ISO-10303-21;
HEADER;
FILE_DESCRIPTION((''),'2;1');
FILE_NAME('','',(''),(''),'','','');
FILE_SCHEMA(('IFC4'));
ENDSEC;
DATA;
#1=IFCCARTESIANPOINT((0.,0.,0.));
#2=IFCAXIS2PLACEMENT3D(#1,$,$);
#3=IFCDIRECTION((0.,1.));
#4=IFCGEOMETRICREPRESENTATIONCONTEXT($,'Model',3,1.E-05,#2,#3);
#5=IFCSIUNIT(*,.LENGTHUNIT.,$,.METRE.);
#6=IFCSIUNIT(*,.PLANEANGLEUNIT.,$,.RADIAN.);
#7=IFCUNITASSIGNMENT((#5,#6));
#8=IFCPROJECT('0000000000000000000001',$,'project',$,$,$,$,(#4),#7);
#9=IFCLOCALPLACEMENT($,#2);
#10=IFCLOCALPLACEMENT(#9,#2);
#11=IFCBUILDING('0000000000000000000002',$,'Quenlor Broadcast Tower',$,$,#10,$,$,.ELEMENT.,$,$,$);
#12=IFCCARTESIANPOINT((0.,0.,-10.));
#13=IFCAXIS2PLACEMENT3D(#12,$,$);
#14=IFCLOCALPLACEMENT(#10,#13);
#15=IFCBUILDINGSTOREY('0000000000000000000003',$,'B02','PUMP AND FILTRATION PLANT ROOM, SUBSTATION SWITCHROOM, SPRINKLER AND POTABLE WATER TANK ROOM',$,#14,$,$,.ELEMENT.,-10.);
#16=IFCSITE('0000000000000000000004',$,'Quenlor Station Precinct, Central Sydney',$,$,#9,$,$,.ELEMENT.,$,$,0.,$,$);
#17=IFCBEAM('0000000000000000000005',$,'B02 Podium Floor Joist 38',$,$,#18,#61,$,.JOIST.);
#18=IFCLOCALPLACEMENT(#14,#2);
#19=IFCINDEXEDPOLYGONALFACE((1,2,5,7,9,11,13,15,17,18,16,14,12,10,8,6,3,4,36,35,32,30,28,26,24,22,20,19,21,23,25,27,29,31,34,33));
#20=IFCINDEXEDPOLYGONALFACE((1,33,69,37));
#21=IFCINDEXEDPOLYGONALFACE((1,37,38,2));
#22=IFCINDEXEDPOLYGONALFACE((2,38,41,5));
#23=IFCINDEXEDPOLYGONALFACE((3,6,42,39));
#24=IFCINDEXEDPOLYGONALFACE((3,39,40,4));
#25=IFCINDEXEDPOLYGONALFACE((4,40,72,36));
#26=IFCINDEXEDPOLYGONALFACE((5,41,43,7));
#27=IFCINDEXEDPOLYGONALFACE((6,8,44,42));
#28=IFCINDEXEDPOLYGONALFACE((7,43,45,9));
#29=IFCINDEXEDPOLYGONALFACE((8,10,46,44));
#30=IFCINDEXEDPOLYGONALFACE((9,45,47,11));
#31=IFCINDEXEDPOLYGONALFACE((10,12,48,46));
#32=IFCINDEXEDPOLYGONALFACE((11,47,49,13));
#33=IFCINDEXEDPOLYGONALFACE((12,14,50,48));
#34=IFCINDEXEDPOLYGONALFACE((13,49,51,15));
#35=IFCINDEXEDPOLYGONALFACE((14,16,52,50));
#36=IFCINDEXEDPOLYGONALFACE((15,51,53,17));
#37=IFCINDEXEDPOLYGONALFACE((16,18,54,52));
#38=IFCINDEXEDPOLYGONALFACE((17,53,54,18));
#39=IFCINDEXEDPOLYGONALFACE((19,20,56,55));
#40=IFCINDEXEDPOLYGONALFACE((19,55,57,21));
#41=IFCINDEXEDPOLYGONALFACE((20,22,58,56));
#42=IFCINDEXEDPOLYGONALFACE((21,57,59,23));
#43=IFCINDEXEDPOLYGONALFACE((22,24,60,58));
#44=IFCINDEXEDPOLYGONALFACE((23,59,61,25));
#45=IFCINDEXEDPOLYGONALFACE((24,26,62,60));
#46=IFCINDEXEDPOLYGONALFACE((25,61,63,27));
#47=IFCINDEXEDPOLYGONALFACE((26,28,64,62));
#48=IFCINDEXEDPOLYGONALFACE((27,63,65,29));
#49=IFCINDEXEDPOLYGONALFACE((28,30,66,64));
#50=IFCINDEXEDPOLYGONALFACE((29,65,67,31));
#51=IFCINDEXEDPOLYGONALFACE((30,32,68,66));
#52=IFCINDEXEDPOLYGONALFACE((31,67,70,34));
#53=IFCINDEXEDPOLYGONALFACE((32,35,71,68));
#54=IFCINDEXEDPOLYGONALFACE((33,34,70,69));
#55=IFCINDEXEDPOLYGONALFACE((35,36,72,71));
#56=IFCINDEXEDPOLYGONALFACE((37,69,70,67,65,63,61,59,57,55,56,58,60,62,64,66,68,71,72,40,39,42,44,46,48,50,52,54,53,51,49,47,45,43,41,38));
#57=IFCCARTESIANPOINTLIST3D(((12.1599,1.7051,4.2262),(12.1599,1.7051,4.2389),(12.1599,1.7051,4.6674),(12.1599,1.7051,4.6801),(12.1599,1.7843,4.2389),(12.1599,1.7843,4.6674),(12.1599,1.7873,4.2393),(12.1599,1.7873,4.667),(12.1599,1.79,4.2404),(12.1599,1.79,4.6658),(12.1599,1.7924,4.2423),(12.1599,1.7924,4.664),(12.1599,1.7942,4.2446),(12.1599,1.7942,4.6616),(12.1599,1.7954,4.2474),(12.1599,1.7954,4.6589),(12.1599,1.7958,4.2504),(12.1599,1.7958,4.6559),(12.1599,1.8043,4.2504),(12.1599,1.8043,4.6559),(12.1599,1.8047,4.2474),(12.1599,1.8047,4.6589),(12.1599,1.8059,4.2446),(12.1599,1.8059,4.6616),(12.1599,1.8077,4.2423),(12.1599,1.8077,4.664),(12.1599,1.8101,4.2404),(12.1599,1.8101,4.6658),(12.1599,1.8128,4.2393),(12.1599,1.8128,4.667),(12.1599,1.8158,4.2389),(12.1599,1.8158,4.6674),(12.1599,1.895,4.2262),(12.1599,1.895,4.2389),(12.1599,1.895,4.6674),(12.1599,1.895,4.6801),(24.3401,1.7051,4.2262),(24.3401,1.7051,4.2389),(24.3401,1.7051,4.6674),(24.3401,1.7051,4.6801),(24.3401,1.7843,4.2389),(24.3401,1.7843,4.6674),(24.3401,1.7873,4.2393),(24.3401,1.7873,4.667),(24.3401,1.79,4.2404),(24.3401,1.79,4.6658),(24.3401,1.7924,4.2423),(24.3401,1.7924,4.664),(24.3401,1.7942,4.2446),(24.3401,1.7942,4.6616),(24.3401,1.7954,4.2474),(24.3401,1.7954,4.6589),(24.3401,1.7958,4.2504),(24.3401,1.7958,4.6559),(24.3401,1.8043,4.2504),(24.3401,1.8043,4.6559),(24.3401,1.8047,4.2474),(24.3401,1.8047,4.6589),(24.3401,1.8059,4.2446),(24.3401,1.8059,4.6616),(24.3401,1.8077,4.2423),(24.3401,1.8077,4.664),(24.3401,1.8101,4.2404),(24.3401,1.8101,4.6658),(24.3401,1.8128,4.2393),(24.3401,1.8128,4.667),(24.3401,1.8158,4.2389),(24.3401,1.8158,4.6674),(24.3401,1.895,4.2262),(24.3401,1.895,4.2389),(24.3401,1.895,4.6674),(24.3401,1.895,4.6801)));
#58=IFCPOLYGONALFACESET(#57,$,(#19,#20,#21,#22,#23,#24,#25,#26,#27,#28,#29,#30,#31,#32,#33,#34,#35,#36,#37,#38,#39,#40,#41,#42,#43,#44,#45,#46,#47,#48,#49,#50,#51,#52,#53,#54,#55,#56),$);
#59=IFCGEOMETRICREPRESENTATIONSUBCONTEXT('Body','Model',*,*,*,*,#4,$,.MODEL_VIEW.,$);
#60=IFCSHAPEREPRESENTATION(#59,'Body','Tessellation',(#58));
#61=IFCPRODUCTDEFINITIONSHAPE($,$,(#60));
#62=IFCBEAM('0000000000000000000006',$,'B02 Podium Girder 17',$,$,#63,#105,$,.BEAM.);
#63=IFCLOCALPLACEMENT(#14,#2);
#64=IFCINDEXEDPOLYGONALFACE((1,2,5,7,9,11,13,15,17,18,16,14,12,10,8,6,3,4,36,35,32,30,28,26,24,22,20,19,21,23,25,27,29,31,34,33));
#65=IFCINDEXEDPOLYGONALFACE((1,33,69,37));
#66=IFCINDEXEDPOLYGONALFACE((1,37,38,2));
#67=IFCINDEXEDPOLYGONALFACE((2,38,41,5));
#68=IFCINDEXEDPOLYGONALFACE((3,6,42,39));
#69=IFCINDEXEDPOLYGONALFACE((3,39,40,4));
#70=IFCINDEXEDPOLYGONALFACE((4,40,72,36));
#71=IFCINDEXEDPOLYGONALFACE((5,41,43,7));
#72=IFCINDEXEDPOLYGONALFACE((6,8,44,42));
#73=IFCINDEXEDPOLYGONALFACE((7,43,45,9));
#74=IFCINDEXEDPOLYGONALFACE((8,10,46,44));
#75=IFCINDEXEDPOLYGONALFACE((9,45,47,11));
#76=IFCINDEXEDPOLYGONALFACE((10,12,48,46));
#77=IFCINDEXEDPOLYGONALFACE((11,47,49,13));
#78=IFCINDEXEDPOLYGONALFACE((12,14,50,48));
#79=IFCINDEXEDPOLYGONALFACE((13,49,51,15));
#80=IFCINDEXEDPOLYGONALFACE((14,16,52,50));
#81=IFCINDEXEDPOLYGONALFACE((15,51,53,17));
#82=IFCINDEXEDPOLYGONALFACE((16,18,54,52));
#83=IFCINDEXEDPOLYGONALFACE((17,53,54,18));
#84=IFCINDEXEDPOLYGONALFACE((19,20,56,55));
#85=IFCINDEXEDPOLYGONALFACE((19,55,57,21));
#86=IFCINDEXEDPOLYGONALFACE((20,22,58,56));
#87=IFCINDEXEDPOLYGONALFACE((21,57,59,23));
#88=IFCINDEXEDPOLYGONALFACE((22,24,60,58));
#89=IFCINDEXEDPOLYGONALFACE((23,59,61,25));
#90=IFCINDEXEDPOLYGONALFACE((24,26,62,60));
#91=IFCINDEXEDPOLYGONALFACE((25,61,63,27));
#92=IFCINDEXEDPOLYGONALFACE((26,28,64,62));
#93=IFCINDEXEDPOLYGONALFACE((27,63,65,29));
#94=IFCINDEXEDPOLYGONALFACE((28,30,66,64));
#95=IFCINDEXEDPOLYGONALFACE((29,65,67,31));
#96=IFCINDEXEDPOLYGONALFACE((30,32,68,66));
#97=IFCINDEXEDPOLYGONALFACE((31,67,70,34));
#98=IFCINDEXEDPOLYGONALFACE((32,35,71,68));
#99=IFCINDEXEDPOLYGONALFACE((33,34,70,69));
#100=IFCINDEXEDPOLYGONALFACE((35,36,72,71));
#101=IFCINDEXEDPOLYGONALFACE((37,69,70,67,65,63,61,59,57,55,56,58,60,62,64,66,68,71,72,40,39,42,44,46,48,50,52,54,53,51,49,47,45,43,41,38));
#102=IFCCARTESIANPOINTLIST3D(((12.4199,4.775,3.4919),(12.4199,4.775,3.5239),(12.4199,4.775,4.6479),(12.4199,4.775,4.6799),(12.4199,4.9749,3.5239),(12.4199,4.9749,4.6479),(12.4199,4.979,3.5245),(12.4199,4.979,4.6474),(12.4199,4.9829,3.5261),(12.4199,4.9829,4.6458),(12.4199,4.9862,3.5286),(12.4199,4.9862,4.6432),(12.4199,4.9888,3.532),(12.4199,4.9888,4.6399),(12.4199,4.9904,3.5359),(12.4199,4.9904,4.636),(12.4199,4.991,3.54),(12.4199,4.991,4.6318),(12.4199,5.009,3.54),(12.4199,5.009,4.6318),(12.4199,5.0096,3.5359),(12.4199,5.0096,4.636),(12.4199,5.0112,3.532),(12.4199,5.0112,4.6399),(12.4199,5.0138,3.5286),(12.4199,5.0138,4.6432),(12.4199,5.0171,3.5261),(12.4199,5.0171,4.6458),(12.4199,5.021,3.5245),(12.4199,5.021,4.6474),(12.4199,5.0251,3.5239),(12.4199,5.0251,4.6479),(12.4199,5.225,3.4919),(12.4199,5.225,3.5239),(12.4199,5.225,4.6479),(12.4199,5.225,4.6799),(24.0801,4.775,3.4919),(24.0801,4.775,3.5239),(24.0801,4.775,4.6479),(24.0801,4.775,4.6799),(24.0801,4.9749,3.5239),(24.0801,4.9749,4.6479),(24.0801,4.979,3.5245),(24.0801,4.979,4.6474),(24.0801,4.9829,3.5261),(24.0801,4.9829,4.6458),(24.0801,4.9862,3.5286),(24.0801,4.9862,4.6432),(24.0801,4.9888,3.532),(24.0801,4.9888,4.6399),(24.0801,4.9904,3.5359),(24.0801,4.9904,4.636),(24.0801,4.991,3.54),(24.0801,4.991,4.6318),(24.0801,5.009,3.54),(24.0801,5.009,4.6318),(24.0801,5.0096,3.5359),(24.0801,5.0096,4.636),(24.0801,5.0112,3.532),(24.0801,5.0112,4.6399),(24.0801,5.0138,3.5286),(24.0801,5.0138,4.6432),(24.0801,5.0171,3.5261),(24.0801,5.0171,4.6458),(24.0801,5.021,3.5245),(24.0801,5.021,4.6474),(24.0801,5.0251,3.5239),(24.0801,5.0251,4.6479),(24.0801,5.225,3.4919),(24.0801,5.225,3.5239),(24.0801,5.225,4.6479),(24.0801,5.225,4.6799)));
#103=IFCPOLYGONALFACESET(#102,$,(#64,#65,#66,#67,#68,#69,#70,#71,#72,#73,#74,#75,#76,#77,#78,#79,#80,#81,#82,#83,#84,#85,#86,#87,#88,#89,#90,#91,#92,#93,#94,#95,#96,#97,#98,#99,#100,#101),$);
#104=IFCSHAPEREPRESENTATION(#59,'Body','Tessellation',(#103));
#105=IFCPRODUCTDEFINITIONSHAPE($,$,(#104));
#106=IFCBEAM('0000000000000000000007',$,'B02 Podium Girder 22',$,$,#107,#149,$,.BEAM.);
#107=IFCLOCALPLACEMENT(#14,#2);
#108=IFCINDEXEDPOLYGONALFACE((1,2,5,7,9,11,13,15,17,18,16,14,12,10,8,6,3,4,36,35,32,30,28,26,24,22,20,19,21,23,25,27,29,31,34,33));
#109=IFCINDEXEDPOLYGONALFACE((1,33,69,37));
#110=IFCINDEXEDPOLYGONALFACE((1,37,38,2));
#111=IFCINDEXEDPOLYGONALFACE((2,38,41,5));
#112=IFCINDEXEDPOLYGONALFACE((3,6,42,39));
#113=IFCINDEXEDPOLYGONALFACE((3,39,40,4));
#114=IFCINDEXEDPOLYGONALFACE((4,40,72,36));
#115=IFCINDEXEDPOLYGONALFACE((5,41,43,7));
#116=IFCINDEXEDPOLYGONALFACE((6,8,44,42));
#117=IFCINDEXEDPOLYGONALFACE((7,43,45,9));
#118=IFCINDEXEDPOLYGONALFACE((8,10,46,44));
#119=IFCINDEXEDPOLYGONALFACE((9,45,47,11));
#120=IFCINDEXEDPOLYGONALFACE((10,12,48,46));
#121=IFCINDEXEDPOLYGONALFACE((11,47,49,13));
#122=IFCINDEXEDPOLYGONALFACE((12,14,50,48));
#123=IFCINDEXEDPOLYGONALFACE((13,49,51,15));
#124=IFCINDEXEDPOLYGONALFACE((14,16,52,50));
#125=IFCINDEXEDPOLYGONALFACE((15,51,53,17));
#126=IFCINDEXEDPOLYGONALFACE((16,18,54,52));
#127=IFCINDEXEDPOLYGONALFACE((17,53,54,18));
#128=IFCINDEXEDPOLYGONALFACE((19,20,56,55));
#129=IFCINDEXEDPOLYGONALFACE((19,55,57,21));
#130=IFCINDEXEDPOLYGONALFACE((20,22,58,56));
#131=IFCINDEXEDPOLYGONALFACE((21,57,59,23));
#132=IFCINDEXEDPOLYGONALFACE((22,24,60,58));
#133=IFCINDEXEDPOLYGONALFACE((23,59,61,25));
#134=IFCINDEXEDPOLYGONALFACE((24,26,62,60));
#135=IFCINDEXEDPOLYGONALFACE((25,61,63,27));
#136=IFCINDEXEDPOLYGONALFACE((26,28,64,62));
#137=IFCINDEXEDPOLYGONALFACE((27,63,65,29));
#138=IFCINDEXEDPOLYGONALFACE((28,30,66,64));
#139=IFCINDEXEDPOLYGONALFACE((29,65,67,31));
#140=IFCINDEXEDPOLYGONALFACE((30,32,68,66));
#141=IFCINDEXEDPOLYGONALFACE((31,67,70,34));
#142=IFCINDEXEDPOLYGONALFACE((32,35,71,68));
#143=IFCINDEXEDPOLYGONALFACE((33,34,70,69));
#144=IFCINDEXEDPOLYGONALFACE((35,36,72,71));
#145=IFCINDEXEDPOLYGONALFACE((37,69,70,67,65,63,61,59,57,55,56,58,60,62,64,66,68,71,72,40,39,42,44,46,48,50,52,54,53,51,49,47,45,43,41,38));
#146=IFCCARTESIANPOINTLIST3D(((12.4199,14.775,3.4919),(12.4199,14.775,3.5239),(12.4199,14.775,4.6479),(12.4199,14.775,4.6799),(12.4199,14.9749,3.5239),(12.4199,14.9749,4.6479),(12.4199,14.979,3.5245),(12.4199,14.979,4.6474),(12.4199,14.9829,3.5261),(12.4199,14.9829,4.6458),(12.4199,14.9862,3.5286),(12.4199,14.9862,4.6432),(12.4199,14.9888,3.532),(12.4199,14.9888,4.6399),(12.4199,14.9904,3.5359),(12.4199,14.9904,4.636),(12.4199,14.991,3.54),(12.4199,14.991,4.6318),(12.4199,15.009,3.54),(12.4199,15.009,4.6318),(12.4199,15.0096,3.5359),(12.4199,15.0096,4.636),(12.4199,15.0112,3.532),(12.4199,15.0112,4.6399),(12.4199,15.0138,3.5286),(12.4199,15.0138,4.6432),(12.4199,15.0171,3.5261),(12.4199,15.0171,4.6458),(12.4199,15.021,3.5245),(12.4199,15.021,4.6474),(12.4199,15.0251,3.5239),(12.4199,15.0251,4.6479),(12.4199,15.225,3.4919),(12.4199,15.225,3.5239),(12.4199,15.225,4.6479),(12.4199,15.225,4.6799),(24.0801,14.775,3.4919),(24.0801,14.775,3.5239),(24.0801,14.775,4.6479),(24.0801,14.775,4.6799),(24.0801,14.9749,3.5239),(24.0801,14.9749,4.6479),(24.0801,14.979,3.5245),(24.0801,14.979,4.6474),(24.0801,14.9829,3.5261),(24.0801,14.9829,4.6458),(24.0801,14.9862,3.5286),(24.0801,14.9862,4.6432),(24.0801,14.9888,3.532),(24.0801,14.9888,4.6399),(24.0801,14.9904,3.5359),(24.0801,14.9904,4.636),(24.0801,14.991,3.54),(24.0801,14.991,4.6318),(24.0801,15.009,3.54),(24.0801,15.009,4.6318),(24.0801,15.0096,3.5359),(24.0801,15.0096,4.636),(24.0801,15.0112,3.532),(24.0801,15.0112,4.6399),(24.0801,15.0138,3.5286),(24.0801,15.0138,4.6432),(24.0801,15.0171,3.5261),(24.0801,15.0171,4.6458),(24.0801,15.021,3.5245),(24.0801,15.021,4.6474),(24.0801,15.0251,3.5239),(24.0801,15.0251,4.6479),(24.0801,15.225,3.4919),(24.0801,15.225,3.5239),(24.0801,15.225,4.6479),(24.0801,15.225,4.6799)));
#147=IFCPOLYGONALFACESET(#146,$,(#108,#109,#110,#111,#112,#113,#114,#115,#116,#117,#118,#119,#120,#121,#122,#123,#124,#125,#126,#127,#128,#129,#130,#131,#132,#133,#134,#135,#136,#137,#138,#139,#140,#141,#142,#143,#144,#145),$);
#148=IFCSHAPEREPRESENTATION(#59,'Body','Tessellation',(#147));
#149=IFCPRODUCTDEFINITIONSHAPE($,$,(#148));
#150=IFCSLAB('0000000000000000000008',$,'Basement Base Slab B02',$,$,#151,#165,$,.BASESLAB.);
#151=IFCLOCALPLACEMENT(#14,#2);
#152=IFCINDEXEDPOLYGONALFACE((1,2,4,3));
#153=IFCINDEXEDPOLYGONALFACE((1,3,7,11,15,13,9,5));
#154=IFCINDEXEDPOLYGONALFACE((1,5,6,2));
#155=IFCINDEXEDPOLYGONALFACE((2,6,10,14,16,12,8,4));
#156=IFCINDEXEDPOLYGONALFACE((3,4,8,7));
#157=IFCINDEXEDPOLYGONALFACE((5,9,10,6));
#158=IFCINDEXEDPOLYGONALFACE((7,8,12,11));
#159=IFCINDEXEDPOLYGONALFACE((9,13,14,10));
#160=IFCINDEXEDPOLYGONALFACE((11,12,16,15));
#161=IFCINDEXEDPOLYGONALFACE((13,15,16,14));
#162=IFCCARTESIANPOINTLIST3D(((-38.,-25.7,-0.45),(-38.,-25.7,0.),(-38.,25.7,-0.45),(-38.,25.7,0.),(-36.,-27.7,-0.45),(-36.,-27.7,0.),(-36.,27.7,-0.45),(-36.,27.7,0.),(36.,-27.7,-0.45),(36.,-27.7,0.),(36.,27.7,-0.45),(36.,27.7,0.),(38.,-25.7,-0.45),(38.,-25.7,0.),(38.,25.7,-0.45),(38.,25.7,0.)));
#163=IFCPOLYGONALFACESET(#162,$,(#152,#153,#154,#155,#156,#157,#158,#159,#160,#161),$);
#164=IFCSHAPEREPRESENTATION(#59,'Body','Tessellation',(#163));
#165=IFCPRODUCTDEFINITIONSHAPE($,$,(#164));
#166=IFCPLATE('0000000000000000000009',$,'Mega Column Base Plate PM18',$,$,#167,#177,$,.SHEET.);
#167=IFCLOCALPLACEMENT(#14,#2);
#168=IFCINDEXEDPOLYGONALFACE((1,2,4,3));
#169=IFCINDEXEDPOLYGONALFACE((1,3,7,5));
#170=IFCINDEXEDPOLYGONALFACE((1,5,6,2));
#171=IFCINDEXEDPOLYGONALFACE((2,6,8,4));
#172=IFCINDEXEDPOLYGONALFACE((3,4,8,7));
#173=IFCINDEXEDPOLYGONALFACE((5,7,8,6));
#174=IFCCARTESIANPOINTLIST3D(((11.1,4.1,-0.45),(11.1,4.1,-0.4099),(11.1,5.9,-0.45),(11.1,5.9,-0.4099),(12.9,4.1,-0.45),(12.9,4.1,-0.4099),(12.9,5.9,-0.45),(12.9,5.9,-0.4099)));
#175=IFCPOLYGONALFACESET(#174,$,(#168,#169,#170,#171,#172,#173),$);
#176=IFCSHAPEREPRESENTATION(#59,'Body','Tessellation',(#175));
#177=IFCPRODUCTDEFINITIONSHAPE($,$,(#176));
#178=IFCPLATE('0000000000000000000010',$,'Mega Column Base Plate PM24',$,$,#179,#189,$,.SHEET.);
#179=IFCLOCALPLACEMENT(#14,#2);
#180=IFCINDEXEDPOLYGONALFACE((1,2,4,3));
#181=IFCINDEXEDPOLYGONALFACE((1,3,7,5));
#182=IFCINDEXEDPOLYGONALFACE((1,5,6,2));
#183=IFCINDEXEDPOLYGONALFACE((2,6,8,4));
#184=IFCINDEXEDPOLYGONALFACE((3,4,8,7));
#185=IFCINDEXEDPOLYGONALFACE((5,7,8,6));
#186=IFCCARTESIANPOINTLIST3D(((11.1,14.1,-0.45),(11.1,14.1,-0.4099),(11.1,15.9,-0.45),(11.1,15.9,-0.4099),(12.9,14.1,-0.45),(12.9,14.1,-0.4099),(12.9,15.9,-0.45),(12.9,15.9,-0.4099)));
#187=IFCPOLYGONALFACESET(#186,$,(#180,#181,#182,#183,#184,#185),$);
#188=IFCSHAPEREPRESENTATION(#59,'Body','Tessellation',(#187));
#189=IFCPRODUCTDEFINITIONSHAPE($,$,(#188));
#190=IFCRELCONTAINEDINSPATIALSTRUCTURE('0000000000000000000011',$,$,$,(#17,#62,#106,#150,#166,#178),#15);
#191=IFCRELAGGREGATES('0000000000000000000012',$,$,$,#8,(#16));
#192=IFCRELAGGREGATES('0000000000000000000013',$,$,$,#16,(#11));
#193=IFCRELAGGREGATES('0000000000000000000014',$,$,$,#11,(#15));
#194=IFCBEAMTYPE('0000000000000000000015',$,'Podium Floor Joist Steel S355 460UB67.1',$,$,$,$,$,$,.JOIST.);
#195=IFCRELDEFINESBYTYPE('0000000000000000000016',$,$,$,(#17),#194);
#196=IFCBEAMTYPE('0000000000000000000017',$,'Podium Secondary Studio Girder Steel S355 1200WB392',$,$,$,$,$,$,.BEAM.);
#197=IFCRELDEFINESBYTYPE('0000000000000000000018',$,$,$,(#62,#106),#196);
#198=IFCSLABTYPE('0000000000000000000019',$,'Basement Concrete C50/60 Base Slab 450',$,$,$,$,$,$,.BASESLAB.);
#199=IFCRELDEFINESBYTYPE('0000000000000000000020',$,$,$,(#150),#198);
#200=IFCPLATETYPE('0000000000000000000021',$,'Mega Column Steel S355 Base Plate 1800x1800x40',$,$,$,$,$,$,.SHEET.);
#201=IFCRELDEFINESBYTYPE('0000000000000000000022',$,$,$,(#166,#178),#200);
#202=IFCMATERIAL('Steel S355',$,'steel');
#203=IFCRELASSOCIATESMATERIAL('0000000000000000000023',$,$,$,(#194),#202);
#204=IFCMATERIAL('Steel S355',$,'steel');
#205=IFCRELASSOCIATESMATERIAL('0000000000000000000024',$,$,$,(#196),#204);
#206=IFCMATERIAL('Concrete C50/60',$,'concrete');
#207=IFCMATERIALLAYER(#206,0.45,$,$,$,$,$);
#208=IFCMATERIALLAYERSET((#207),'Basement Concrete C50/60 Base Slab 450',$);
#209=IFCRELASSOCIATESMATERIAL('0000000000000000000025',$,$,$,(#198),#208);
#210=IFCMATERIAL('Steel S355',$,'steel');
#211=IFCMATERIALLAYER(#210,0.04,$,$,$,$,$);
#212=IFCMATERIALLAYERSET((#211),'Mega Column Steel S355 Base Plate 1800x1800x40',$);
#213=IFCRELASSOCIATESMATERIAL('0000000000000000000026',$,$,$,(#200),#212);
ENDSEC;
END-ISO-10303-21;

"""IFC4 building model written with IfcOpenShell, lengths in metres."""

from ifc_helpers import new_model, si_unit, direction, frame, origin, origin_2d, place, context, subcontext, project, spatial, polyline, rectangle, i_section, outline, extrude, material, layer, layer_set, material_profile, profile_set, type_object, element, save


model = new_model("IFC4")

# Units and contexts
model_context = context("Model", 3, precision=1e-05, world=origin(), true_north=direction((0.0, 1.0)))
body_context = subcontext(model_context, "Body", "Model", "MODEL_VIEW")
ifc_project = project(units=[si_unit("LENGTHUNIT", "METRE"), si_unit("PLANEANGLEUNIT", "RADIAN")], contexts=[model_context])

# Site, building, storey
site_placement = place(None, origin())
site = spatial("IfcSite", under=ifc_project, at=site_placement, Name="Quenlor Station Precinct, Central Sydney", CompositionType="ELEMENT", RefElevation=0.0)
building_placement = place(site_placement, origin())
building = spatial("IfcBuilding", under=site, at=building_placement, Name="Quenlor Broadcast Tower", CompositionType="ELEMENT")
storey_placement = place(building_placement, frame((0.0, 0.0, -10.0)))
storey = spatial("IfcBuildingStorey", under=building, at=storey_placement, Name="B02", Description="PUMP AND FILTRATION PLANT ROOM, SUBSTATION SWITCHROOM, SPRINKLER AND POTABLE WATER TANK ROOM", CompositionType="ELEMENT", Elevation=-10.0)

# Beams
ifc_material_1 = material(Name="Steel S355", Category="steel")
ifc_material_profile_1 = material_profile(ifc_material_1, i_section(OverallWidth=0.1899, OverallDepth=0.4539, WebThickness=0.0085, FlangeThickness=0.0127, FilletRadius=0.0115, at=origin_2d()))
ifc_profile_set_1 = profile_set([ifc_material_profile_1], Name="Steel S355 460UB67.1")
beam_type_1 = type_object("IfcBeamType", Name="Podium Floor Joist Steel S355 460UB67.1", PredefinedType="JOIST", material=ifc_profile_set_1)
for number, where, z_axis, x_axis, name in (
    (1, (12.1599, 1.8, 4.4531), (1.0, 0.0, 0.0), (0.0, 1.0, 0.0), "B02 Podium Floor Joist 38"),
):
    element("IfcBeam", number, at=place(storey_placement, frame(where, z_axis=z_axis, x_axis=x_axis)), inside=storey, type_object=beam_type_1, Name=name, PredefinedType="JOIST", context=body_context, shape_type="SweptSolid", body=[
        extrude(i_section(OverallWidth=0.1899, OverallDepth=0.4539, WebThickness=0.0085, FlangeThickness=0.0127, FilletRadius=0.0115, at=origin_2d()), origin(), (0.0, 0.0, 1.0), 12.1802),
    ])
ifc_material_2 = material(Name="Steel S355", Category="steel")
ifc_material_profile_2 = material_profile(ifc_material_2, i_section(OverallWidth=0.45, OverallDepth=1.188, WebThickness=0.0181, FlangeThickness=0.032, FilletRadius=0.0161, at=origin_2d()))
ifc_profile_set_2 = profile_set([ifc_material_profile_2], Name="Steel S355 1200WB392")
beam_type_2 = type_object("IfcBeamType", Name="Podium Secondary Studio Girder Steel S355 1200WB392", PredefinedType="BEAM", material=ifc_profile_set_2)
for number, where, z_axis, x_axis, name in (
    (2, (12.4199, 5.0, 4.0859), (1.0, 0.0, 0.0), (0.0, 1.0, 0.0), "B02 Podium Girder 17"),
    (3, (12.4199, 15.0, 4.0859), (1.0, 0.0, 0.0), (0.0, 1.0, 0.0), "B02 Podium Girder 22"),
):
    element("IfcBeam", number, at=place(storey_placement, frame(where, z_axis=z_axis, x_axis=x_axis)), inside=storey, type_object=beam_type_2, Name=name, PredefinedType="BEAM", context=body_context, shape_type="SweptSolid", body=[
        extrude(i_section(OverallWidth=0.45, OverallDepth=1.188, WebThickness=0.0181, FlangeThickness=0.032, FilletRadius=0.0161, at=origin_2d()), origin(), (0.0, 0.0, 1.0), 11.6602),
    ])

# Slab
ifc_material_3 = material(Name="Concrete C50/60", Category="concrete")
ifc_layer_1 = layer(ifc_material_3, 0.45)
ifc_layer_set_1 = layer_set([ifc_layer_1], Name="Basement Concrete C50/60 Base Slab 450")
slab_type_1 = type_object("IfcSlabType", Name="Basement Concrete C50/60 Base Slab 450", PredefinedType="BASESLAB", material=ifc_layer_set_1)
slab_1_placement = place(storey_placement, frame((0.0, 0.0, -0.45)))
element("IfcSlab", 4, at=slab_1_placement, inside=storey, type_object=slab_type_1, Name="Basement Base Slab B02", PredefinedType="BASESLAB", context=body_context, shape_type="SweptSolid", body=[
    extrude(outline(polyline([(-36.0, -27.7), (36.0, -27.7), (38.0, -25.7), (38.0, 25.7), (36.0, 27.7), (-36.0, 27.7), (-38.0, 25.7), (-38.0, -25.7), (-36.0, -27.7)])), origin(), (0.0, 0.0, 1.0), 0.45),
])

# Plates
ifc_material_4 = material(Name="Steel S355", Category="steel")
ifc_layer_2 = layer(ifc_material_4, 0.04)
ifc_layer_set_2 = layer_set([ifc_layer_2], Name="Mega Column Steel S355 Base Plate 1800x1800x40")
plate_type = type_object("IfcPlateType", Name="Mega Column Steel S355 Base Plate 1800x1800x40", PredefinedType="SHEET", material=ifc_layer_set_2)
for number, where, z_axis, x_axis, name in (
    (5, (12.0, 5.0, -0.45), (0.0, 0.0, 1.0), (1.0, 0.0, 0.0), "Mega Column Base Plate PM18"),
    (6, (12.0, 15.0, -0.45), (0.0, 0.0, 1.0), (1.0, 0.0, 0.0), "Mega Column Base Plate PM24"),
):
    element("IfcPlate", number, at=place(storey_placement, frame(where, z_axis=z_axis, x_axis=x_axis)), inside=storey, type_object=plate_type, Name=name, PredefinedType="SHEET", context=body_context, shape_type="SweptSolid", body=[
        extrude(rectangle(XDim=1.8, YDim=1.8, at=origin_2d()), origin(), (0.0, 0.0, 1.0), 0.04),
    ])

save(model, "model.ifc")
